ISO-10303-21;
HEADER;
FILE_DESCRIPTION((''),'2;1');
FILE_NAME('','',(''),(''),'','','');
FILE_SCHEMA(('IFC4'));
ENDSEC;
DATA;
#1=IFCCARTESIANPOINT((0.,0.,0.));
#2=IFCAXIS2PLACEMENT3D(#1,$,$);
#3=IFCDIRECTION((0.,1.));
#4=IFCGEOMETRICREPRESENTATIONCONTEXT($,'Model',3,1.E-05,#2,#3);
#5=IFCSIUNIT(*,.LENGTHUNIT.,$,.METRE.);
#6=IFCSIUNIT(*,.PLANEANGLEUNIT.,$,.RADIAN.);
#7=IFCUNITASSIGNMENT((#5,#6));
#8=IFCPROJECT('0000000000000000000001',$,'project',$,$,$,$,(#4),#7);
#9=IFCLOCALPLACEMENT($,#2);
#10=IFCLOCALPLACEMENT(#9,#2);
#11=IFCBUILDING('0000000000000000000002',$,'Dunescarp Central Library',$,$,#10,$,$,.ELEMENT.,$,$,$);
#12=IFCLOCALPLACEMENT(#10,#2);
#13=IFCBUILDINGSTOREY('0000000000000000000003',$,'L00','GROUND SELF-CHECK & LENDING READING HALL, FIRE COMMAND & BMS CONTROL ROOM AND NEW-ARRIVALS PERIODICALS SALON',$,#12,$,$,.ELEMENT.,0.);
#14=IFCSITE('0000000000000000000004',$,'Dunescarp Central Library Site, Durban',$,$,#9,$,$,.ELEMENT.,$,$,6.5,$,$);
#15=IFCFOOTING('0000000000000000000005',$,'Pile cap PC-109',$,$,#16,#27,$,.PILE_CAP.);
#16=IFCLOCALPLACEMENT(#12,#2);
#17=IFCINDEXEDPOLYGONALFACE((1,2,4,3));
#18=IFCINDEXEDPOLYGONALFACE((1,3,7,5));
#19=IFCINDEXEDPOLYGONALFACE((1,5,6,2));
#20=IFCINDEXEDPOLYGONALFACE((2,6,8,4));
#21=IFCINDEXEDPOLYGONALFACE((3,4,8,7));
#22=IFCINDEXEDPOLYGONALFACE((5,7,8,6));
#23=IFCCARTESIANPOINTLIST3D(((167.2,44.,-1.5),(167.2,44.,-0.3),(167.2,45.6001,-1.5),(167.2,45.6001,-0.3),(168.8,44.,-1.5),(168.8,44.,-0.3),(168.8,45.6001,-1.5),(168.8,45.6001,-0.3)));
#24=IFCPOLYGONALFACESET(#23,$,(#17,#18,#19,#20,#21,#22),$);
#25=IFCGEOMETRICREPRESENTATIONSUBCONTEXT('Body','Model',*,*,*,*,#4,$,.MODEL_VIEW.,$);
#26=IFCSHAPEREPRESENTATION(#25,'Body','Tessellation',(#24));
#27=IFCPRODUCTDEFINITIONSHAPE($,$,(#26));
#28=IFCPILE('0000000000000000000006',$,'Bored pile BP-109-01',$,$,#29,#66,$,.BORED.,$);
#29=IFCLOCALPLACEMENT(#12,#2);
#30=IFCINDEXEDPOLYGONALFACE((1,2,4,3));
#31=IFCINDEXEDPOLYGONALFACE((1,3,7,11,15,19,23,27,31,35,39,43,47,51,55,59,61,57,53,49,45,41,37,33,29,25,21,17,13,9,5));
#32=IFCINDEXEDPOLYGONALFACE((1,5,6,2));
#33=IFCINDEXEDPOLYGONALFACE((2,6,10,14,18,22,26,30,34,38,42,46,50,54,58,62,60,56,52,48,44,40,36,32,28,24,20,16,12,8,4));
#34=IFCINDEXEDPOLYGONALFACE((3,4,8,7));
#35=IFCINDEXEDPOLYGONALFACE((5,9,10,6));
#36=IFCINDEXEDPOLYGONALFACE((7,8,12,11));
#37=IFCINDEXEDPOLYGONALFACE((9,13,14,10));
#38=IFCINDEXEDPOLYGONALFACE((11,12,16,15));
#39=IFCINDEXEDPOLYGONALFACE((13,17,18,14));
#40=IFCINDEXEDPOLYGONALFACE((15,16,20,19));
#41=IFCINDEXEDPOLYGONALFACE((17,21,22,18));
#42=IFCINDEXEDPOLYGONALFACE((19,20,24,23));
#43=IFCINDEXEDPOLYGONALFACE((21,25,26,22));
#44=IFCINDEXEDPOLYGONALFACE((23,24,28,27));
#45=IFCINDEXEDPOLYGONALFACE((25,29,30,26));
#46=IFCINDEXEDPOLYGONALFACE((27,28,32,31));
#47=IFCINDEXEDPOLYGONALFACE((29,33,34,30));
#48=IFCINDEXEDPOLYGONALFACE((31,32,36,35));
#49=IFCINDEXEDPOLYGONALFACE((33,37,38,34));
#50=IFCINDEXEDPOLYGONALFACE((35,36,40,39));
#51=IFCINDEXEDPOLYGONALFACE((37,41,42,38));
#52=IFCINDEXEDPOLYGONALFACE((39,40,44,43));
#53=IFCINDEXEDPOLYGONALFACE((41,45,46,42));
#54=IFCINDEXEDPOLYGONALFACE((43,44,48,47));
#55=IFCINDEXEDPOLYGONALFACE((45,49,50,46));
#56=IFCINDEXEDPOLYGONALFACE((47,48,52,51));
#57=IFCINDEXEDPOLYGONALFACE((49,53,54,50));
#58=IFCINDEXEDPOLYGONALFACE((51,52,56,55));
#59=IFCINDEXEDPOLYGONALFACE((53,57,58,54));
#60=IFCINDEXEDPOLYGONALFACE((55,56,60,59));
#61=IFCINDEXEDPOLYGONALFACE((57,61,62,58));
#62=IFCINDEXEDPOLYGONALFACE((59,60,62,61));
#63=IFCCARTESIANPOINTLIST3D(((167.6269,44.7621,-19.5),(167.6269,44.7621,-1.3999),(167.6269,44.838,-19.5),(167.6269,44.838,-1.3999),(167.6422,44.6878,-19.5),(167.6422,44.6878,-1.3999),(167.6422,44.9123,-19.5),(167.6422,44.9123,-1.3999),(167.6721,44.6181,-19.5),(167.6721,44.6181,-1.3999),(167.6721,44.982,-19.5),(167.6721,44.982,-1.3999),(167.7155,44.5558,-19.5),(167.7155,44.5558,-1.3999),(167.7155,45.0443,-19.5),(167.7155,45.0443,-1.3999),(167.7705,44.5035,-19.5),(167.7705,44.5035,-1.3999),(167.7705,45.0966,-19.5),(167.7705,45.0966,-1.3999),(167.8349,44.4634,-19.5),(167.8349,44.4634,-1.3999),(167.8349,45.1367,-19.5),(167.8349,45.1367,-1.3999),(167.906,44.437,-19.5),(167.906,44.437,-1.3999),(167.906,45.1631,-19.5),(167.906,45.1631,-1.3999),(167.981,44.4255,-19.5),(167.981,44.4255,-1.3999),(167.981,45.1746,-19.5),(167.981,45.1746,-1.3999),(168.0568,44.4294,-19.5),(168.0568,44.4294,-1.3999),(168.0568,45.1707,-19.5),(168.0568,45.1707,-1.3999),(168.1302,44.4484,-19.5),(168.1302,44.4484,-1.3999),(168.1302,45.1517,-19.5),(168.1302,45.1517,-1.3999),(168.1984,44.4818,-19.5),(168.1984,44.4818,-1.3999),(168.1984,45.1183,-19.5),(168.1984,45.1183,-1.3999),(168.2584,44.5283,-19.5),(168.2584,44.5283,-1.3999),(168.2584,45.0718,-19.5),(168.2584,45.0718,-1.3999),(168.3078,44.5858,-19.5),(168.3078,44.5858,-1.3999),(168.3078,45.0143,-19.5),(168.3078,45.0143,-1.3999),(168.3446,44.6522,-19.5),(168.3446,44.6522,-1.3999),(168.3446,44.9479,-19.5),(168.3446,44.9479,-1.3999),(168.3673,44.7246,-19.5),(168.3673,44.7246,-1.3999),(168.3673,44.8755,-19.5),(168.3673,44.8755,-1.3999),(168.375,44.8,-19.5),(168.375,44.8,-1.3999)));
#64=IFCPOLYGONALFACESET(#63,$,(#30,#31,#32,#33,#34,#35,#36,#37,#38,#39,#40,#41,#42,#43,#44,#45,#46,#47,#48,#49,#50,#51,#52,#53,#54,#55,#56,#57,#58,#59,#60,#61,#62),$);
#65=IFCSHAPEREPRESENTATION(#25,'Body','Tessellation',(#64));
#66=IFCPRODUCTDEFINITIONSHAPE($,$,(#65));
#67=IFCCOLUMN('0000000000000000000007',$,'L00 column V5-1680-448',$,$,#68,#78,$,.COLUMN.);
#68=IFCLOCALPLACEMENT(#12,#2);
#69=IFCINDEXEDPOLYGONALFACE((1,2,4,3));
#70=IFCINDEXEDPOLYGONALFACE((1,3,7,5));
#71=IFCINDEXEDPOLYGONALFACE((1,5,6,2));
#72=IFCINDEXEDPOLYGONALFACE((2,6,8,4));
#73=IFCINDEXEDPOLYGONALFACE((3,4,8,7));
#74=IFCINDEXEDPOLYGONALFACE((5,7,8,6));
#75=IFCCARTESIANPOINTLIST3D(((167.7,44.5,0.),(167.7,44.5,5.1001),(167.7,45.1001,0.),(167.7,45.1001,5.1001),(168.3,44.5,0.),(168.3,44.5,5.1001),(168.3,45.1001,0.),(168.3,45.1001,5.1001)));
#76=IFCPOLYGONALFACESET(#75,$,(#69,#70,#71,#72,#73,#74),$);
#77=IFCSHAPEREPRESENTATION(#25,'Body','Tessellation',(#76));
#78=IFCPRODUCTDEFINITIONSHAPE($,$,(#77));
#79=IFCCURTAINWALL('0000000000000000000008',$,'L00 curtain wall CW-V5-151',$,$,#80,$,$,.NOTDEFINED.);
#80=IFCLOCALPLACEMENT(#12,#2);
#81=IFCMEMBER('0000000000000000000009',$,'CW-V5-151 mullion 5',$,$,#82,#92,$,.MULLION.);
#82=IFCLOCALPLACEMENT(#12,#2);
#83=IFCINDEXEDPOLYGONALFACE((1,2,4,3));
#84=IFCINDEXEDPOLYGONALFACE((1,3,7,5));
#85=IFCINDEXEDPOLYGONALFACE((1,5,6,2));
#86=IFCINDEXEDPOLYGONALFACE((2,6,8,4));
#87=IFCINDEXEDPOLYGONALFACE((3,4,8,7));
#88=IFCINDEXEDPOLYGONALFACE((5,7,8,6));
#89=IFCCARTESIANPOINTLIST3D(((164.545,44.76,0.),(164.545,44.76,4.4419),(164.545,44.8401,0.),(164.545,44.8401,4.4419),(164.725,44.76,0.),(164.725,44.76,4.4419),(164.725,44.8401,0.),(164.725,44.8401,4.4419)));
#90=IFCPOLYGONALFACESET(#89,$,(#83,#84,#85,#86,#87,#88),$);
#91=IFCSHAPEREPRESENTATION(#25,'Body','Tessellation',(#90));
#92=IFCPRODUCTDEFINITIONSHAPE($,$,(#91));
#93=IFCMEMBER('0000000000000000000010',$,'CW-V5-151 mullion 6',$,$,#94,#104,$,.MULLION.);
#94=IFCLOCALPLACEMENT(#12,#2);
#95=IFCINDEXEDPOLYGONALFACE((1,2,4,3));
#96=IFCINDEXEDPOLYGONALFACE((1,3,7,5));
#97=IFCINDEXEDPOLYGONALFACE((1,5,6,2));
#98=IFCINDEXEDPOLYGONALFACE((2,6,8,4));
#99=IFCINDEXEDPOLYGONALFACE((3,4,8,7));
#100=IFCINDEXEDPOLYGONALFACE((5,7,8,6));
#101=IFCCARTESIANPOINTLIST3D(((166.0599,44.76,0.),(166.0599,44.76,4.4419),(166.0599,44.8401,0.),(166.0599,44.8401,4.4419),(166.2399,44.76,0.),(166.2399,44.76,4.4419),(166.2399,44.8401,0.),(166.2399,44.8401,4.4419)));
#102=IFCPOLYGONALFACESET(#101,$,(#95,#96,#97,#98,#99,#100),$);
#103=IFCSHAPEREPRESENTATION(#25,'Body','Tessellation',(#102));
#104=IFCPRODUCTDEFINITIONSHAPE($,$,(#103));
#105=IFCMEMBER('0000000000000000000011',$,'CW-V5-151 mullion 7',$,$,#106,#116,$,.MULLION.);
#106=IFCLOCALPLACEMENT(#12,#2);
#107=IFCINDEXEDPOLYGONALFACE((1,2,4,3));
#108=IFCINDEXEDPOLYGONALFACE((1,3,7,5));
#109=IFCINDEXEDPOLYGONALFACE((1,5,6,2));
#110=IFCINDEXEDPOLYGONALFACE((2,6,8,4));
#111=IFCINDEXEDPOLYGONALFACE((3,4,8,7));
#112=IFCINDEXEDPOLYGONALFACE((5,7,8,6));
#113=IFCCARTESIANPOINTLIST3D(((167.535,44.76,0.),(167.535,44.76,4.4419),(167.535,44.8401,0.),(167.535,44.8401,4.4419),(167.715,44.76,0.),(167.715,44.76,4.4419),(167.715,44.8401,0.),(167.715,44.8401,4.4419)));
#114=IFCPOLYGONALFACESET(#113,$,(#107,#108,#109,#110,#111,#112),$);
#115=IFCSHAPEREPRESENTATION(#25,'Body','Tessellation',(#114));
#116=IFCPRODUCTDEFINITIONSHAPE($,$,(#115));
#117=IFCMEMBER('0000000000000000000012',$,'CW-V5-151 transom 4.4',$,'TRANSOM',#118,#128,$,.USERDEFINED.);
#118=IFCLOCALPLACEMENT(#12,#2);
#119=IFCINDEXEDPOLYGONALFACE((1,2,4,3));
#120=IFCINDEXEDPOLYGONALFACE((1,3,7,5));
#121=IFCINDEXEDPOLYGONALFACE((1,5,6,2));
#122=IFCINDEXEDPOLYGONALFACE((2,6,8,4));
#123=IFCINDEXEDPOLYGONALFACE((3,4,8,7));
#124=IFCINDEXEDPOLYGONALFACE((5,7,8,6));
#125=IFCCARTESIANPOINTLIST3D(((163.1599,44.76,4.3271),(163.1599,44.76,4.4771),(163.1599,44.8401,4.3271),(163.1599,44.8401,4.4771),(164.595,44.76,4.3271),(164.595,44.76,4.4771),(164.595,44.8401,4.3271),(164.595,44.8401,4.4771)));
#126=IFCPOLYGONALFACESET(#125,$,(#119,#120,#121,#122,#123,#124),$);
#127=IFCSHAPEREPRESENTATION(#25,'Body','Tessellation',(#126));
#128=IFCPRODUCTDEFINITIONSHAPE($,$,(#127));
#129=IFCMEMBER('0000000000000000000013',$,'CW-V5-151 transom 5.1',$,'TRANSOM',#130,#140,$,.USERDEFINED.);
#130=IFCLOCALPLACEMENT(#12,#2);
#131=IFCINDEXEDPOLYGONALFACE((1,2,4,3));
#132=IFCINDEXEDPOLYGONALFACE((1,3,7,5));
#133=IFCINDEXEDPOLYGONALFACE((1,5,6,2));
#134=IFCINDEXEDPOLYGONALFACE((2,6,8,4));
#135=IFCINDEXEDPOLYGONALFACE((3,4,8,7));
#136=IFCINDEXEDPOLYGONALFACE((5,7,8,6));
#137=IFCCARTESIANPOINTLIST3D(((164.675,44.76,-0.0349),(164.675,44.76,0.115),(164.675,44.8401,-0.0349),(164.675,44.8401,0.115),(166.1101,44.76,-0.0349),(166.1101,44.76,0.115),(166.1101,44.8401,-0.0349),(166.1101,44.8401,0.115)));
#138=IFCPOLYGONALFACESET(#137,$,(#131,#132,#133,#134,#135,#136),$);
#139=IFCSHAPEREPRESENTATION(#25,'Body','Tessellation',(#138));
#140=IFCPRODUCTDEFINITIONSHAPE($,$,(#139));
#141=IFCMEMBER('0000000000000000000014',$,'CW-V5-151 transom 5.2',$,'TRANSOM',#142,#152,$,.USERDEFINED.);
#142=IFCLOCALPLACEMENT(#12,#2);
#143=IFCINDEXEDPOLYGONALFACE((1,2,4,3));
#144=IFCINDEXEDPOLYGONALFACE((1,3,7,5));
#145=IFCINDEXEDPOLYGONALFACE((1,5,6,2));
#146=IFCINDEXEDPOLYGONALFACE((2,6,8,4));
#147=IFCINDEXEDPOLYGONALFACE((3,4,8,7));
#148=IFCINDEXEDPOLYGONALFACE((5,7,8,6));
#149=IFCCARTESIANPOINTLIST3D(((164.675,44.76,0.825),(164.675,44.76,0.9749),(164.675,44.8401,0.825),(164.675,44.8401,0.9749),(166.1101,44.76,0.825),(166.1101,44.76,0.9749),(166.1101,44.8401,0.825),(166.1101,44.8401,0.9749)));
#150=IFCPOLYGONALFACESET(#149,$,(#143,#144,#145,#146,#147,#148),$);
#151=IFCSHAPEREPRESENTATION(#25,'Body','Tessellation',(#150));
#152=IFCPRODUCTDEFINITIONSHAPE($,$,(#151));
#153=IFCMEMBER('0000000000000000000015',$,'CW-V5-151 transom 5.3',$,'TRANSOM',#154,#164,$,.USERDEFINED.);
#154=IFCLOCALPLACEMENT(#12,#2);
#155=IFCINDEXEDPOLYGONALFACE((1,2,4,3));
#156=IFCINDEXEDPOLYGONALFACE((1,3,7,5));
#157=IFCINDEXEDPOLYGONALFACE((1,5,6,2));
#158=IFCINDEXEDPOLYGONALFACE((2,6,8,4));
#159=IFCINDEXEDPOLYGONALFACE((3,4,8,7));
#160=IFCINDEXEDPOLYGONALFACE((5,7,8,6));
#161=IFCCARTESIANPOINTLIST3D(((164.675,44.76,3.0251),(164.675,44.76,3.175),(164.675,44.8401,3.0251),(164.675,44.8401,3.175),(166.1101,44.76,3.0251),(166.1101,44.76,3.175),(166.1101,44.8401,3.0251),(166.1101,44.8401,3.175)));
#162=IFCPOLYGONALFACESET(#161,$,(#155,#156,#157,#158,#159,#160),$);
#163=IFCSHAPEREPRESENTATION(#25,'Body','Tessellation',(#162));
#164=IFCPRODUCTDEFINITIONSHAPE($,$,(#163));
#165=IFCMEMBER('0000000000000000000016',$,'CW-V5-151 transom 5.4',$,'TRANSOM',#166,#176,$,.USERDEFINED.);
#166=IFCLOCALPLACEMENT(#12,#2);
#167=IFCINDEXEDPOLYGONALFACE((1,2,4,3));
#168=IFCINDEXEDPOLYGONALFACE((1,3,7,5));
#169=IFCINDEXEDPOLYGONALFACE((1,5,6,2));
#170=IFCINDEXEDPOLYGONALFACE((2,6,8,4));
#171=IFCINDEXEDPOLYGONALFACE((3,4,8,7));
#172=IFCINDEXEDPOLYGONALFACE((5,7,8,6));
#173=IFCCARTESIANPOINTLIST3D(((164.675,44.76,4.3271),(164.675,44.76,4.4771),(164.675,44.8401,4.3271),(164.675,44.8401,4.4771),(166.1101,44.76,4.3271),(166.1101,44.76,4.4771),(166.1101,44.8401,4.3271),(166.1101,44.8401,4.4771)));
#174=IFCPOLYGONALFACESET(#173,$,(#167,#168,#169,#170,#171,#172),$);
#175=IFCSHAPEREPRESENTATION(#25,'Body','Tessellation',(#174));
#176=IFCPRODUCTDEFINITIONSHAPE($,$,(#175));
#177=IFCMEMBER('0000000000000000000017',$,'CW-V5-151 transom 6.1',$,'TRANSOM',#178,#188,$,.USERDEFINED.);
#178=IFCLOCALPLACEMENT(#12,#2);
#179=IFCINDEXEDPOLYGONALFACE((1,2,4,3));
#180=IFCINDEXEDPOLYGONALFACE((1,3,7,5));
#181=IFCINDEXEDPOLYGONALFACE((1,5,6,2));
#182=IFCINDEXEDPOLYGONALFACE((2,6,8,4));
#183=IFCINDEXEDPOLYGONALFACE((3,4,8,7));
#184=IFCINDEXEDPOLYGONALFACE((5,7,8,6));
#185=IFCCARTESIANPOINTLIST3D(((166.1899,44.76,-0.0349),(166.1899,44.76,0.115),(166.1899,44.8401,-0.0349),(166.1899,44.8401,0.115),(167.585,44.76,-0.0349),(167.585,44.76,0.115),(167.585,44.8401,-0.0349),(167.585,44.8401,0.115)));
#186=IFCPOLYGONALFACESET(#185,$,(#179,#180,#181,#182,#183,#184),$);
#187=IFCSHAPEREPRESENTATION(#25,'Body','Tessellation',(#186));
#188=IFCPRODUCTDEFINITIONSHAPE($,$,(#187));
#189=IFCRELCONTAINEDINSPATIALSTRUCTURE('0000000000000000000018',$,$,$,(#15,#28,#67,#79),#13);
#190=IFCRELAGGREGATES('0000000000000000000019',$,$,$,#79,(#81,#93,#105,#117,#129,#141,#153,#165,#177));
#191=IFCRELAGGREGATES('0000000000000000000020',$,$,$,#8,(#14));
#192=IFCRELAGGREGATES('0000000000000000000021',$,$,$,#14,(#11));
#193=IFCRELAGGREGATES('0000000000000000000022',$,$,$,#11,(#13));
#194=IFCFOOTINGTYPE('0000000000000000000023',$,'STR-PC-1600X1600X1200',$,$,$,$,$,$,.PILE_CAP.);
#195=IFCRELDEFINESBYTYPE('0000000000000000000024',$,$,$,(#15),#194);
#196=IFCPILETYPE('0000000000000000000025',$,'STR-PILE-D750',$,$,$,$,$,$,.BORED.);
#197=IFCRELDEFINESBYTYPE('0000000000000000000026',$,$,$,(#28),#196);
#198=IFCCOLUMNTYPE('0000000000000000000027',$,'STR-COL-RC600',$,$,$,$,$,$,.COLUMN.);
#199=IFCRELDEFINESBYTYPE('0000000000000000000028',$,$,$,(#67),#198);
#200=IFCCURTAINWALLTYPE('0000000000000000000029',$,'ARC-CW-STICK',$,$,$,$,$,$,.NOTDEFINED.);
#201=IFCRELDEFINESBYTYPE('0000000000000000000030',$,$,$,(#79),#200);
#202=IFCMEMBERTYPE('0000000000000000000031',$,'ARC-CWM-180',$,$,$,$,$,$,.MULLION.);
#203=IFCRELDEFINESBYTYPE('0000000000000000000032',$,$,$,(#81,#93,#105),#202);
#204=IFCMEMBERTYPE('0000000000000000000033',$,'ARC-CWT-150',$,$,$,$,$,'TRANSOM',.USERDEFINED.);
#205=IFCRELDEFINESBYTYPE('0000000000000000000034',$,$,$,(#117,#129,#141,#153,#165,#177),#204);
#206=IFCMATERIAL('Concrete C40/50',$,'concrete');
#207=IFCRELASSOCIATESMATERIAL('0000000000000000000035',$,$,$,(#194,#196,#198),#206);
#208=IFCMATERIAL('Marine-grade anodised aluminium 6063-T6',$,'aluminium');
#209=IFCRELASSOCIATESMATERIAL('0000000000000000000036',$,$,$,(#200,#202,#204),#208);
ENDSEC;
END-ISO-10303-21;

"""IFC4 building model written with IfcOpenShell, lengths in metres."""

from ifc_helpers import new_model, si_unit, direction, frame, origin, origin_2d, place, context, subcontext, project, spatial, rectangle, circle, extrude, material, material_profile, profile_set, type_object, element, aggregate, save


model = new_model("IFC4")

# Units and contexts
model_context = context("Model", 3, precision=1e-05, world=origin(), true_north=direction((0.0, 1.0)))
body_context = subcontext(model_context, "Body", "Model", "MODEL_VIEW")
ifc_project = project(units=[si_unit("LENGTHUNIT", "METRE"), si_unit("PLANEANGLEUNIT", "RADIAN")], contexts=[model_context])

# Site, building, storey
site_placement = place(None, origin())
site = spatial("IfcSite", under=ifc_project, at=site_placement, Name="Dunescarp Central Library Site, Durban", CompositionType="ELEMENT", RefElevation=6.5)
building_placement = place(site_placement, origin())
building = spatial("IfcBuilding", under=site, at=building_placement, Name="Dunescarp Central Library", CompositionType="ELEMENT")
storey_placement = place(building_placement, origin())
storey = spatial("IfcBuildingStorey", under=building, at=storey_placement, Name="L00", Description="GROUND SELF-CHECK & LENDING READING HALL, FIRE COMMAND & BMS CONTROL ROOM AND NEW-ARRIVALS PERIODICALS SALON", CompositionType="ELEMENT", Elevation=0.0)

# Footing
ifc_material_1 = material(Name="Concrete C40/50", Category="concrete")
footing_type = type_object("IfcFootingType", Name="STR-PC-1600X1600X1200", PredefinedType="PILE_CAP", material=ifc_material_1)
footing_placement = place(storey_placement, frame((168.0, 44.8, -1.5), z_axis=(0.0, 0.0, 1.0), x_axis=(1.0, 0.0, 0.0)))
element("IfcFooting", 1, at=footing_placement, inside=storey, type_object=footing_type, Name="Pile cap PC-109", PredefinedType="PILE_CAP", context=body_context, shape_type="SweptSolid", body=[
    extrude(rectangle(XDim=1.6001, YDim=1.6001, at=origin_2d()), origin(), (0.0, 0.0, 1.0), 1.2),
])

# Pile
ifc_material_profile_1 = material_profile(ifc_material_1, circle(Radius=0.375, at=origin_2d()), Name="PILE D750")
ifc_profile_set_1 = profile_set([ifc_material_profile_1], Name="Concrete C40/50")
pile_type = type_object("IfcPileType", Name="STR-PILE-D750", PredefinedType="BORED", material=ifc_profile_set_1)
pile_placement = place(storey_placement, frame((168.0, 44.8, -1.3999), z_axis=(0.0, 0.0, -1.0), x_axis=(1.0, 0.0, 0.0)))
element("IfcPile", 2, at=pile_placement, inside=storey, type_object=pile_type, Name="Bored pile BP-109-01", PredefinedType="BORED", context=body_context, shape_type="SweptSolid", body=[
    extrude(circle(Radius=0.375, at=origin_2d()), origin(), (0.0, 0.0, 1.0), 18.1001),
])

# Column
ifc_material_profile_2 = material_profile(ifc_material_1, rectangle(XDim=0.6001, YDim=0.6001, at=origin_2d()), Name="RC 600x600")
ifc_profile_set_2 = profile_set([ifc_material_profile_2], Name="Concrete C40/50")
column_type = type_object("IfcColumnType", Name="STR-COL-RC600", PredefinedType="COLUMN", material=ifc_profile_set_2)
column_placement = place(storey_placement, frame((168.0, 44.8, 0.0), z_axis=(0.0, 0.0, 1.0), x_axis=(1.0, 0.0, 0.0)))
element("IfcColumn", 3, at=column_placement, inside=storey, type_object=column_type, Name="L00 column V5-1680-448", PredefinedType="COLUMN", context=body_context, shape_type="SweptSolid", body=[
    extrude(rectangle(XDim=0.6001, YDim=0.6001, at=origin_2d()), origin(), (0.0, 0.0, 1.0), 5.1001),
])

# Curtain wall, members
ifc_material_2 = material(Name="Marine-grade anodised aluminium 6063-T6", Category="aluminium")
curtain_wall_type = type_object("IfcCurtainWallType", Name="ARC-CW-STICK", PredefinedType="NOTDEFINED", material=ifc_material_2)
curtain_wall_placement = place(storey_placement, origin())
curtain_wall = element("IfcCurtainWall", 4, at=curtain_wall_placement, inside=storey, type_object=curtain_wall_type, Name="L00 curtain wall CW-V5-151", PredefinedType="NOTDEFINED")
ifc_material_profile_3 = material_profile(ifc_material_2, rectangle(XDim=0.0801, YDim=0.1799, at=origin_2d()), Name="AL 80x180")
ifc_profile_set_3 = profile_set([ifc_material_profile_3], Name="Marine-grade anodised aluminium 6063-T6")
member_type_1 = type_object("IfcMemberType", Name="ARC-CWM-180", PredefinedType="MULLION", material=ifc_profile_set_3)
member_1_placement = place(storey_placement, frame((164.635, 44.8, 0.0), z_axis=(0.0, 0.0, 1.0), x_axis=(0.0, 1.0, 0.0)))
member_1 = element("IfcMember", 5, at=member_1_placement, type_object=member_type_1, Name="CW-V5-151 mullion 5", PredefinedType="MULLION", context=body_context, shape_type="SweptSolid", body=[
    extrude(rectangle(XDim=0.0801, YDim=0.1799, at=origin_2d()), origin(), (0.0, 0.0, 1.0), 4.4419),
])
member_2_placement = place(storey_placement, frame((166.1499, 44.8, 0.0), z_axis=(0.0, 0.0, 1.0), x_axis=(0.0, 1.0, 0.0)))
member_2 = element("IfcMember", 6, at=member_2_placement, type_object=member_type_1, Name="CW-V5-151 mullion 6", PredefinedType="MULLION", context=body_context, shape_type="SweptSolid", body=[
    extrude(rectangle(XDim=0.0801, YDim=0.1799, at=origin_2d()), origin(), (0.0, 0.0, 1.0), 4.4419),
])
member_3_placement = place(storey_placement, frame((167.625, 44.8, 0.0), z_axis=(0.0, 0.0, 1.0), x_axis=(0.0, 1.0, 0.0)))
member_3 = element("IfcMember", 7, at=member_3_placement, type_object=member_type_1, Name="CW-V5-151 mullion 7", PredefinedType="MULLION", context=body_context, shape_type="SweptSolid", body=[
    extrude(rectangle(XDim=0.0801, YDim=0.1799, at=origin_2d()), origin(), (0.0, 0.0, 1.0), 4.4419),
])
ifc_material_profile_4 = material_profile(ifc_material_2, rectangle(XDim=0.0801, YDim=0.1499, at=origin_2d()), Name="AL 80x150")
ifc_profile_set_4 = profile_set([ifc_material_profile_4], Name="Marine-grade anodised aluminium 6063-T6")
member_type_2 = type_object("IfcMemberType", Name="ARC-CWT-150", ElementType="TRANSOM", PredefinedType="USERDEFINED", material=ifc_profile_set_4)
member_4_placement = place(storey_placement, frame((163.1599, 44.8, 4.4021), z_axis=(1.0, 0.0, 0.0), x_axis=(0.0, 1.0, 0.0)))
member_4 = element("IfcMember", 8, at=member_4_placement, type_object=member_type_2, Name="CW-V5-151 transom 4.4", ObjectType="TRANSOM", PredefinedType="USERDEFINED", context=body_context, shape_type="SweptSolid", body=[
    extrude(rectangle(XDim=0.0801, YDim=0.1499, at=origin_2d()), origin(), (0.0, 0.0, 1.0), 1.4351),
])
member_5_placement = place(storey_placement, frame((164.675, 44.8, 0.04), z_axis=(1.0, 0.0, 0.0), x_axis=(0.0, 1.0, 0.0)))
member_5 = element("IfcMember", 9, at=member_5_placement, type_object=member_type_2, Name="CW-V5-151 transom 5.1", ObjectType="TRANSOM", PredefinedType="USERDEFINED", context=body_context, shape_type="SweptSolid", body=[
    extrude(rectangle(XDim=0.0801, YDim=0.1499, at=origin_2d()), origin(), (0.0, 0.0, 1.0), 1.4351),
])
member_6_placement = place(storey_placement, frame((164.675, 44.8, 0.8999), z_axis=(1.0, 0.0, 0.0), x_axis=(0.0, 1.0, 0.0)))
member_6 = element("IfcMember", 10, at=member_6_placement, type_object=member_type_2, Name="CW-V5-151 transom 5.2", ObjectType="TRANSOM", PredefinedType="USERDEFINED", context=body_context, shape_type="SweptSolid", body=[
    extrude(rectangle(XDim=0.0801, YDim=0.1499, at=origin_2d()), origin(), (0.0, 0.0, 1.0), 1.4351),
])
member_7_placement = place(storey_placement, frame((164.675, 44.8, 3.1001), z_axis=(1.0, 0.0, 0.0), x_axis=(0.0, 1.0, 0.0)))
member_7 = element("IfcMember", 11, at=member_7_placement, type_object=member_type_2, Name="CW-V5-151 transom 5.3", ObjectType="TRANSOM", PredefinedType="USERDEFINED", context=body_context, shape_type="SweptSolid", body=[
    extrude(rectangle(XDim=0.0801, YDim=0.1499, at=origin_2d()), origin(), (0.0, 0.0, 1.0), 1.4351),
])
member_8_placement = place(storey_placement, frame((164.675, 44.8, 4.4021), z_axis=(1.0, 0.0, 0.0), x_axis=(0.0, 1.0, 0.0)))
member_8 = element("IfcMember", 12, at=member_8_placement, type_object=member_type_2, Name="CW-V5-151 transom 5.4", ObjectType="TRANSOM", PredefinedType="USERDEFINED", context=body_context, shape_type="SweptSolid", body=[
    extrude(rectangle(XDim=0.0801, YDim=0.1499, at=origin_2d()), origin(), (0.0, 0.0, 1.0), 1.4351),
])
member_9_placement = place(storey_placement, frame((166.1899, 44.8, 0.04), z_axis=(1.0, 0.0, 0.0), x_axis=(0.0, 1.0, 0.0)))
member_9 = element("IfcMember", 13, at=member_9_placement, type_object=member_type_2, Name="CW-V5-151 transom 6.1", ObjectType="TRANSOM", PredefinedType="USERDEFINED", context=body_context, shape_type="SweptSolid", body=[
    extrude(rectangle(XDim=0.0801, YDim=0.1499, at=origin_2d()), origin(), (0.0, 0.0, 1.0), 1.395),
])
aggregate(curtain_wall, [member_1, member_2, member_3, member_4, member_5, member_6, member_7, member_8, member_9])

save(model, "model.ifc")
